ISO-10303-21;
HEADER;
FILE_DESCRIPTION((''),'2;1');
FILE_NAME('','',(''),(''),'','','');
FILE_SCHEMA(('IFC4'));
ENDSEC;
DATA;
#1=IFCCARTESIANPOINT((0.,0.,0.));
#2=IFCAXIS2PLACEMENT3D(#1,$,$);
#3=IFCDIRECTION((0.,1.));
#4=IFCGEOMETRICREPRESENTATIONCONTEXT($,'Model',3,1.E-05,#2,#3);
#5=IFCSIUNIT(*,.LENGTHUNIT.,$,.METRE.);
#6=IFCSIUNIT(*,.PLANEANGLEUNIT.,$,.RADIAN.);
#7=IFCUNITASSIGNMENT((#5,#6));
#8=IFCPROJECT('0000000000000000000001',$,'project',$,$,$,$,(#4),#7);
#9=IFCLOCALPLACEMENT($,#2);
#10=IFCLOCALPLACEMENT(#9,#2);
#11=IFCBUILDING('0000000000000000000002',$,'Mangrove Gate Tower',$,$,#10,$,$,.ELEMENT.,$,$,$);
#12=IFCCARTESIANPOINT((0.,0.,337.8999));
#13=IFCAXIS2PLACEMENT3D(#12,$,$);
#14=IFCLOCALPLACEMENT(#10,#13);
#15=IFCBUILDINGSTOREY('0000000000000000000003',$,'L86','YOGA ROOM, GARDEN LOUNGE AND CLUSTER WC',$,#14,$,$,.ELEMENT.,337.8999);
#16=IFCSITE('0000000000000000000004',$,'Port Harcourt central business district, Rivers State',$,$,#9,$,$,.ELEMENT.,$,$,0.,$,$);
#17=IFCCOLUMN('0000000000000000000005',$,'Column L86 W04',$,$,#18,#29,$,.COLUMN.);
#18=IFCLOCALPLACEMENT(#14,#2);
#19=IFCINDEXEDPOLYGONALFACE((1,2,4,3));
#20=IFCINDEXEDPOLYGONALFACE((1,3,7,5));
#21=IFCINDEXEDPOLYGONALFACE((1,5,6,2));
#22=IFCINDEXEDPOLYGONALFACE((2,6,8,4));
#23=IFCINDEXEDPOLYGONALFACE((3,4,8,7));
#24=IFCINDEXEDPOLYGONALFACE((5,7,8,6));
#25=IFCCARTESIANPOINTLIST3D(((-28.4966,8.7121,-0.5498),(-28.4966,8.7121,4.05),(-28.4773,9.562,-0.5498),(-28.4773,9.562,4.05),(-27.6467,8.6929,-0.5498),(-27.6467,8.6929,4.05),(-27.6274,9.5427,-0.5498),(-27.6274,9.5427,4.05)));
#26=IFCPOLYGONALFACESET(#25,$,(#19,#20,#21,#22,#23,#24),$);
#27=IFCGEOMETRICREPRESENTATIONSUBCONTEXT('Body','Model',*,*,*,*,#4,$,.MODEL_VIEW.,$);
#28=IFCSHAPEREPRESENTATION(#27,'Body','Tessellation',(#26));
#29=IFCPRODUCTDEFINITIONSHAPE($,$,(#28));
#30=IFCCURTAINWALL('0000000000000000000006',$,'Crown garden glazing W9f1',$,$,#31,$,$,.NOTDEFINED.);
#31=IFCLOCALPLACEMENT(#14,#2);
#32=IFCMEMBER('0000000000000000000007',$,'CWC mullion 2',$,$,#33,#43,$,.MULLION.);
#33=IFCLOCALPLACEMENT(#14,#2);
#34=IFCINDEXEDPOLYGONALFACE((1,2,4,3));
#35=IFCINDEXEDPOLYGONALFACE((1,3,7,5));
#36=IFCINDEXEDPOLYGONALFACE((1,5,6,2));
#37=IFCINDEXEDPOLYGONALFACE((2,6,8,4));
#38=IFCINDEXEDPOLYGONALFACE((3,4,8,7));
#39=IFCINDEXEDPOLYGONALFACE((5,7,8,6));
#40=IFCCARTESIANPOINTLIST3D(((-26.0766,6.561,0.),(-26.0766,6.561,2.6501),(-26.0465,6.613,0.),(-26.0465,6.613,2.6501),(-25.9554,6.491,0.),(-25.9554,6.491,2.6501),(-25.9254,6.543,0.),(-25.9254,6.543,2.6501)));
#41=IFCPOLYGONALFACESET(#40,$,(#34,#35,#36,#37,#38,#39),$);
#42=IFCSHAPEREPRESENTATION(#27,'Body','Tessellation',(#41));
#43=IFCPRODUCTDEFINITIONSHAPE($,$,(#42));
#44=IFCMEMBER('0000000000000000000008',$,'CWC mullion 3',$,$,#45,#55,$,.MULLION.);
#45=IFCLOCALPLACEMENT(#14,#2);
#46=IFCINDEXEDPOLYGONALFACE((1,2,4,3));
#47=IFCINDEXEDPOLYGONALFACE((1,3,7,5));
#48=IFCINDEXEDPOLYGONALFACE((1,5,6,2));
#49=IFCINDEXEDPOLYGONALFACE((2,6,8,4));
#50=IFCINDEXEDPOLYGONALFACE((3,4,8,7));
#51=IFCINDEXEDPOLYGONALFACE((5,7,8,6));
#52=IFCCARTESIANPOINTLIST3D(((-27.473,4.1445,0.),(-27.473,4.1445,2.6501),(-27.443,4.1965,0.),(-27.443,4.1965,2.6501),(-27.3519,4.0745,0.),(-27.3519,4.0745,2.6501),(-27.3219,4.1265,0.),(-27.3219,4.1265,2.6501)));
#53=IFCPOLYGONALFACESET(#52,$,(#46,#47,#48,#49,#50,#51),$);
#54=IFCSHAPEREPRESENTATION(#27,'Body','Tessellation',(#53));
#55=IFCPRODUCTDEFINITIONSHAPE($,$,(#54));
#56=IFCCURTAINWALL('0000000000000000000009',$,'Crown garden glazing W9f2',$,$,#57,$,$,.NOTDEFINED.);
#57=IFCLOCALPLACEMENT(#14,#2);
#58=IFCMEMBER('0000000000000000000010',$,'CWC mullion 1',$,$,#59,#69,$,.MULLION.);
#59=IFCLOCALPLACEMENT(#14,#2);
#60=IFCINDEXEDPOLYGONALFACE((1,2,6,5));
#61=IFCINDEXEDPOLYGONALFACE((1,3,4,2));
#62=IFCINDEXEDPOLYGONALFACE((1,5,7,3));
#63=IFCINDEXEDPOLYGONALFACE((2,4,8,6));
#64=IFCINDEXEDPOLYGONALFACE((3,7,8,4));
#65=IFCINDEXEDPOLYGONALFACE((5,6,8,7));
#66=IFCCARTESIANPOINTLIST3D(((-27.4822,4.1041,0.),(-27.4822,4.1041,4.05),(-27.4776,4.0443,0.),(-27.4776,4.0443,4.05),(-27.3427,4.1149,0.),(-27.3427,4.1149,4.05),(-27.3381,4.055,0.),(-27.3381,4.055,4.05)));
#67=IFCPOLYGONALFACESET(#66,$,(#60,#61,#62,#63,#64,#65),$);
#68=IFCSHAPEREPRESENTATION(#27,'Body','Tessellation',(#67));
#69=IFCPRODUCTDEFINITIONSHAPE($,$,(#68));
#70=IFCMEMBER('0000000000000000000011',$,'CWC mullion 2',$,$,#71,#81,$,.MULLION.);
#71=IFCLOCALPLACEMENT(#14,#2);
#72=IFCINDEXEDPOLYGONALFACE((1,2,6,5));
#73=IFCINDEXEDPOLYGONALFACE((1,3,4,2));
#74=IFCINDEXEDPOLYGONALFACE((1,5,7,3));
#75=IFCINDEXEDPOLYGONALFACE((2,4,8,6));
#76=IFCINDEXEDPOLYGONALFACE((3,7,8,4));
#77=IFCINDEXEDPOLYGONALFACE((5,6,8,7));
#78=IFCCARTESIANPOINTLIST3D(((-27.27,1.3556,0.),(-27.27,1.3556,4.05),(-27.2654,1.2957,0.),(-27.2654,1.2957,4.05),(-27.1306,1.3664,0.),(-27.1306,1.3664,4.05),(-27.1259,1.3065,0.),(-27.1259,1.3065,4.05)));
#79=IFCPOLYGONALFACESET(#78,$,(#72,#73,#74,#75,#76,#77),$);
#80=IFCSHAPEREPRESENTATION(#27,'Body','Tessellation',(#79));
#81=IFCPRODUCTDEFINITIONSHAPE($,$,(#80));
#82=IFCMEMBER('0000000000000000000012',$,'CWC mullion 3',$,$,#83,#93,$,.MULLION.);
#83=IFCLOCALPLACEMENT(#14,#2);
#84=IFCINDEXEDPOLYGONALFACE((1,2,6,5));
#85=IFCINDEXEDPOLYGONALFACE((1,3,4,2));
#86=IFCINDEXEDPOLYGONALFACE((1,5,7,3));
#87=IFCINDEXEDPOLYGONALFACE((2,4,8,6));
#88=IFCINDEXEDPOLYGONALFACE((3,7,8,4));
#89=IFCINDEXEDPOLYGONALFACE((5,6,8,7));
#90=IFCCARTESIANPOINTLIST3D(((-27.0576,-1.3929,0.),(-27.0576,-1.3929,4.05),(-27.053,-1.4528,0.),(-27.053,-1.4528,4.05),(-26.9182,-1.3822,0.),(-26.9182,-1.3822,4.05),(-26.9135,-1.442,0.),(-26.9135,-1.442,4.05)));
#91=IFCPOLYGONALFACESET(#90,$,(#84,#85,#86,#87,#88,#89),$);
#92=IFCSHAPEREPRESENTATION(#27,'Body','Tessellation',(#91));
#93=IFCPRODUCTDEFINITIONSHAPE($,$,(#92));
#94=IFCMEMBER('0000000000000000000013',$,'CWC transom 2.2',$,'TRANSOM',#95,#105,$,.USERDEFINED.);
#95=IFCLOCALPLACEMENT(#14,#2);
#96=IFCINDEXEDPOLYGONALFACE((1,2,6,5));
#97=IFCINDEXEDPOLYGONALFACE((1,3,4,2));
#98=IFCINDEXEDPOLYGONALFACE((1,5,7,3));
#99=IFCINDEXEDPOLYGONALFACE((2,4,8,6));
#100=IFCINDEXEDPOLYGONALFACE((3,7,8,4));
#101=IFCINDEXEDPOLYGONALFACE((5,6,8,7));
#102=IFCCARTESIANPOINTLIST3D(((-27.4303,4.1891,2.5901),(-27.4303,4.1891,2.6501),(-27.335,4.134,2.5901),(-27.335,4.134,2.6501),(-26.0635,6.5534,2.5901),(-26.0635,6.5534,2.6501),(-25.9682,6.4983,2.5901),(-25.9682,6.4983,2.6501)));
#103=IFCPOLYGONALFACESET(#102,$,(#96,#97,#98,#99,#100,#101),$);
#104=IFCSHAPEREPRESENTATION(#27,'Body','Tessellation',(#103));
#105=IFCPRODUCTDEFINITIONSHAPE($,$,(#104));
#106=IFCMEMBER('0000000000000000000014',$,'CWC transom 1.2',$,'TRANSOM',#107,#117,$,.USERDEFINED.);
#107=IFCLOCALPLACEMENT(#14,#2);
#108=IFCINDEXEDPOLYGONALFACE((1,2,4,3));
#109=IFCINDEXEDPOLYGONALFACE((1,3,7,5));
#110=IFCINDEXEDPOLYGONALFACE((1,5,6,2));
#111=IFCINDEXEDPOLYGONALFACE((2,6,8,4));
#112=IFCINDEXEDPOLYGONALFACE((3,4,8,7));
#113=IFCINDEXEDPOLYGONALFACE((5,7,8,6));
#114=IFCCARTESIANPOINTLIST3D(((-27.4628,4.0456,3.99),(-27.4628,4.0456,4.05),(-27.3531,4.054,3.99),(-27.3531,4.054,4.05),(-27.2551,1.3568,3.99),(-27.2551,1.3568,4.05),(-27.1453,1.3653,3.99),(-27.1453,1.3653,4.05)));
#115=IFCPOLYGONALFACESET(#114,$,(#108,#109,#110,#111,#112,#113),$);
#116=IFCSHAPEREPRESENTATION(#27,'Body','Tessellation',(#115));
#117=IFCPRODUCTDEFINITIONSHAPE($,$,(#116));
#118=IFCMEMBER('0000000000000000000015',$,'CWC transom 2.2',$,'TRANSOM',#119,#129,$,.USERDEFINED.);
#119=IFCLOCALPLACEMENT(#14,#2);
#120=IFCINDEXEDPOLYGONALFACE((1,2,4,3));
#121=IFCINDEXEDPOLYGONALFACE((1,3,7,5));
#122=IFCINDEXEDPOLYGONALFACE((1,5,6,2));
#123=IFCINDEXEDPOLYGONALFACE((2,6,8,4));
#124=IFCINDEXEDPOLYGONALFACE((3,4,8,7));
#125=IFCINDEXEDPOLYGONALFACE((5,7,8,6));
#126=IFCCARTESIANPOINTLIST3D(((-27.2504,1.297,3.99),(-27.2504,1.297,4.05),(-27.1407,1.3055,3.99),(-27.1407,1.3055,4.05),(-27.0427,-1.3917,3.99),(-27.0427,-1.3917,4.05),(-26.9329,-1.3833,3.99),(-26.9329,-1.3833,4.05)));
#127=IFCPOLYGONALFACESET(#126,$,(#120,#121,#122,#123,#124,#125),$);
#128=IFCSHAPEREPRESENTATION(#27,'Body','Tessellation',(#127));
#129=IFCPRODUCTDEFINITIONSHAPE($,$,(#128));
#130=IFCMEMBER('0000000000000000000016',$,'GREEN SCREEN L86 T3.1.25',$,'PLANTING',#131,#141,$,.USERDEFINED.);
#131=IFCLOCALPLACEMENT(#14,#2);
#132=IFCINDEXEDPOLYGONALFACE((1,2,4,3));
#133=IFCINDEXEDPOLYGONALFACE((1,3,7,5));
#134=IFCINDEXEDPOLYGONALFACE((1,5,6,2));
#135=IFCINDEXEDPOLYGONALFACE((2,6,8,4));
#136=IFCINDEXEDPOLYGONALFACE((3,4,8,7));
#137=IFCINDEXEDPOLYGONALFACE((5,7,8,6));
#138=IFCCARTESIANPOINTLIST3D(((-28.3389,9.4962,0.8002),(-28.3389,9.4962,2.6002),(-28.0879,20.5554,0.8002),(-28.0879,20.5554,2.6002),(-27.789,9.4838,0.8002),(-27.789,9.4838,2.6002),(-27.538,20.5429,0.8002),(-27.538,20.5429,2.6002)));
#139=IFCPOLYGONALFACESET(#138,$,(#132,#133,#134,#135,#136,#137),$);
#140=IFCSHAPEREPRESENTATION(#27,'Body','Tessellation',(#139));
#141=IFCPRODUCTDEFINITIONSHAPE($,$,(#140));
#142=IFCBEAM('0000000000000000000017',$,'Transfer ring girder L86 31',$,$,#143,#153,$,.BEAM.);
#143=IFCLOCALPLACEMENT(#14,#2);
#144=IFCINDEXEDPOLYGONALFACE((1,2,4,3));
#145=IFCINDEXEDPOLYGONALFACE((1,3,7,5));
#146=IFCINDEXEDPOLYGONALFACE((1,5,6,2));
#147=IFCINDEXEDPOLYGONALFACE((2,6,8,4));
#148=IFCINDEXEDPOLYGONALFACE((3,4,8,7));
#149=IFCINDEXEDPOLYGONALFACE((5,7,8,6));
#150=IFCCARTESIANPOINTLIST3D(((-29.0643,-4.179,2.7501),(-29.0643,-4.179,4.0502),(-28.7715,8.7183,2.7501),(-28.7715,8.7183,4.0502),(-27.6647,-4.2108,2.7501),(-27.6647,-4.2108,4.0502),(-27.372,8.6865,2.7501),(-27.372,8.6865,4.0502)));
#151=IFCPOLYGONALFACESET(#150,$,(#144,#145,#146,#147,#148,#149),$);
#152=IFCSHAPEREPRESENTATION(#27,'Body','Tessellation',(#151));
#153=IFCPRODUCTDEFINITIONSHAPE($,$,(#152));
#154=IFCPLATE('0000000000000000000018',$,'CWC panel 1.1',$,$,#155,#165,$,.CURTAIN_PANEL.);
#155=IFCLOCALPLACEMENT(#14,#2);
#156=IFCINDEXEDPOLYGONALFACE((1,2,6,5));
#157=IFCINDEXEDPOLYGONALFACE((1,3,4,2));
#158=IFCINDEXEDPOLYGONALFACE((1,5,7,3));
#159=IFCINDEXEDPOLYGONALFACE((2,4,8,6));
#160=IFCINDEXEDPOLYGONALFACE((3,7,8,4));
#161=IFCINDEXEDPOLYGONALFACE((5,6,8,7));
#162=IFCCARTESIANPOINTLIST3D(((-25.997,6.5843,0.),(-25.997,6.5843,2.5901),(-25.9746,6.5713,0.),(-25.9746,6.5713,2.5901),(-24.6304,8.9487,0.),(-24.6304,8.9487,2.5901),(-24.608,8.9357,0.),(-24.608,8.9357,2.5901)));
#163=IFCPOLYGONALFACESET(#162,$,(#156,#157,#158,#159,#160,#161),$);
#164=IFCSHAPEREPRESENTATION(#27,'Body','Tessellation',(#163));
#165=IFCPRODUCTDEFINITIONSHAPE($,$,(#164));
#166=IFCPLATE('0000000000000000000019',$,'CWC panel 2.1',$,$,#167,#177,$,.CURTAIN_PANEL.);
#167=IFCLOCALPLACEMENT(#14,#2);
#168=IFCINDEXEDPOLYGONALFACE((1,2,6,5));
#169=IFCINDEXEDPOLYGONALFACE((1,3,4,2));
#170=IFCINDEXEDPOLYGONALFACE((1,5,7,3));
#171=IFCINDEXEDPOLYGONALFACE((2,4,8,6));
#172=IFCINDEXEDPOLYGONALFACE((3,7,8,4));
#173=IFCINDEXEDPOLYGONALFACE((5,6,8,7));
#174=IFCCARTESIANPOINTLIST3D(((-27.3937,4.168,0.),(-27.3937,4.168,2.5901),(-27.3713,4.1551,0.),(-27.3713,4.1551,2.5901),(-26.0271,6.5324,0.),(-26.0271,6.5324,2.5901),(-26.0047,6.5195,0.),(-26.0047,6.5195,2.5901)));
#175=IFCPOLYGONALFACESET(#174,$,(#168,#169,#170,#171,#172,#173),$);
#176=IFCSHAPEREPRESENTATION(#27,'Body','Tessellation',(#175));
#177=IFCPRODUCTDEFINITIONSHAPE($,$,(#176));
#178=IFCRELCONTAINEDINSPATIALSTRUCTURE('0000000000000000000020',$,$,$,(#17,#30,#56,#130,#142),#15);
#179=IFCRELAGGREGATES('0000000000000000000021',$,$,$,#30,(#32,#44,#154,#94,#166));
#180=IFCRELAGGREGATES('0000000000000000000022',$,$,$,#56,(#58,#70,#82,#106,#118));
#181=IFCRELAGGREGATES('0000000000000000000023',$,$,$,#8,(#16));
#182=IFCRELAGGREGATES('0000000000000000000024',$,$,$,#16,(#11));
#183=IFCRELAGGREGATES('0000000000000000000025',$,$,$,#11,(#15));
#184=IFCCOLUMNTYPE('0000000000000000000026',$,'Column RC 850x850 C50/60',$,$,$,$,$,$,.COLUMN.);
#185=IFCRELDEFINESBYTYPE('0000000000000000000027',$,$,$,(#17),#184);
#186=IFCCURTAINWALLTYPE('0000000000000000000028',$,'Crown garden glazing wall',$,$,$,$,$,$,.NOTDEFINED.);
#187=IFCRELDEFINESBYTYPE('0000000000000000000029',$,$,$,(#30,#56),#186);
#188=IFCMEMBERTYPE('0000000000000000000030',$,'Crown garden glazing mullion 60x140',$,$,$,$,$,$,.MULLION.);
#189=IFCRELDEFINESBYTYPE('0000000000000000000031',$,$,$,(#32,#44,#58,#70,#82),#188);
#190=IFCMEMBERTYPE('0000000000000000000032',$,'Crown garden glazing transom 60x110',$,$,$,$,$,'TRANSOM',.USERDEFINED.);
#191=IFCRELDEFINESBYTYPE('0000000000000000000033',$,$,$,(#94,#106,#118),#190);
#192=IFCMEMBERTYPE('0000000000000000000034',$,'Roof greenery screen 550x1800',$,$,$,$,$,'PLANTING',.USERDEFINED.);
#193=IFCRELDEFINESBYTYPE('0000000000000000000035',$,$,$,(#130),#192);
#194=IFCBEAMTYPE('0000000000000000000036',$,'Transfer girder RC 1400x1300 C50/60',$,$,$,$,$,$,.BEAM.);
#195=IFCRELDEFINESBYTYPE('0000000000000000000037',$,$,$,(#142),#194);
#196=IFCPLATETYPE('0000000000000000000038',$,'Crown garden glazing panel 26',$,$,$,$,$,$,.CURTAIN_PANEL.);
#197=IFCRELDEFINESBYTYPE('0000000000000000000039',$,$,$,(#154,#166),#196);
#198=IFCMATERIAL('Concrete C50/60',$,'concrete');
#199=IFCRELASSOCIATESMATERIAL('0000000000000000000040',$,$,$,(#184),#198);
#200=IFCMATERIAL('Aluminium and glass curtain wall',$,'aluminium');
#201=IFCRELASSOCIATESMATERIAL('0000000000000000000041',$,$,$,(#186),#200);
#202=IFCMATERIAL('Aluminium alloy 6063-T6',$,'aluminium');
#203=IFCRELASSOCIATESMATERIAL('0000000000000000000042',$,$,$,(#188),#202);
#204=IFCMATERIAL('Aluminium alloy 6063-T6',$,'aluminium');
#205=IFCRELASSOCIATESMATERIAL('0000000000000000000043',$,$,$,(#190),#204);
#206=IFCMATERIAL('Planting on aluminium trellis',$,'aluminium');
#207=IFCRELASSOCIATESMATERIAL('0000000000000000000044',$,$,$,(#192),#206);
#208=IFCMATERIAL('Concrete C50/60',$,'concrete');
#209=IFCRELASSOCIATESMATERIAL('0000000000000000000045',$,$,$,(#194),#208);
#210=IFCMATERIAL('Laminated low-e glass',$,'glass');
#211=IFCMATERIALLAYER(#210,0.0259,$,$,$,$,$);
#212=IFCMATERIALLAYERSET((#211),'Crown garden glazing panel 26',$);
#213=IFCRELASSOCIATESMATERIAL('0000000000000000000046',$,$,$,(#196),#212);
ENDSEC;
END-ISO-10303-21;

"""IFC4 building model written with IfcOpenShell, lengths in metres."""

from ifc_helpers import new_model, si_unit, direction, frame, origin, origin_2d, place, context, subcontext, project, spatial, rectangle, extrude, material, layer, layer_set, material_profile, profile_set, type_object, element, aggregate, save


model = new_model("IFC4")

# Units and contexts
model_context = context("Model", 3, precision=1e-05, world=origin(), true_north=direction((0.0, 1.0)))
body_context = subcontext(model_context, "Body", "Model", "MODEL_VIEW")
ifc_project = project(units=[si_unit("LENGTHUNIT", "METRE"), si_unit("PLANEANGLEUNIT", "RADIAN")], contexts=[model_context])

# Site, building, storey
site_placement = place(None, origin())
site = spatial("IfcSite", under=ifc_project, at=site_placement, Name="Port Harcourt central business district, Rivers State", CompositionType="ELEMENT", RefElevation=0.0)
building_placement = place(site_placement, origin())
building = spatial("IfcBuilding", under=site, at=building_placement, Name="Mangrove Gate Tower", CompositionType="ELEMENT")
storey_placement = place(building_placement, frame((0.0, 0.0, 337.8999)))
storey = spatial("IfcBuildingStorey", under=building, at=storey_placement, Name="L86", Description="YOGA ROOM, GARDEN LOUNGE AND CLUSTER WC", CompositionType="ELEMENT", Elevation=337.8999)

# Column
ifc_material_1 = material(Name="Concrete C50/60", Category="concrete")
ifc_material_profile_1 = material_profile(ifc_material_1, rectangle(XDim=0.8501, YDim=0.8501, at=origin_2d()))
ifc_profile_set_1 = profile_set([ifc_material_profile_1], Name="Concrete C50/60")
column_type = type_object("IfcColumnType", Name="Column RC 850x850 C50/60", PredefinedType="COLUMN", material=ifc_profile_set_1)
column_placement = place(storey_placement, frame((-28.062, 9.1274, -0.5498), z_axis=(0.0, 0.0, 1.0), x_axis=(-0.022687, -0.999743, 0.0)))
element("IfcColumn", 1, at=column_placement, inside=storey, type_object=column_type, Name="Column L86 W04", PredefinedType="COLUMN", context=body_context, shape_type="SweptSolid", body=[
    extrude(rectangle(XDim=0.8501, YDim=0.8501, at=origin_2d()), origin(), (0.0, 0.0, 1.0), 4.5999),
])

# Curtain walls, members
ifc_material_2 = material(Name="Aluminium and glass curtain wall", Category="aluminium")
curtain_wall_type = type_object("IfcCurtainWallType", Name="Crown garden glazing wall", PredefinedType="NOTDEFINED", material=ifc_material_2)
curtain_wall_1_placement = place(storey_placement, origin())
curtain_wall_1 = element("IfcCurtainWall", 2, at=curtain_wall_1_placement, inside=storey, type_object=curtain_wall_type, Name="Crown garden glazing W9f1", PredefinedType="NOTDEFINED")
ifc_material_3 = material(Name="Aluminium alloy 6063-T6", Category="aluminium")
ifc_material_profile_2 = material_profile(ifc_material_3, rectangle(XDim=0.0601, YDim=0.1399, at=origin_2d()))
ifc_profile_set_2 = profile_set([ifc_material_profile_2], Name="Aluminium alloy 6063-T6")
member_type_1 = type_object("IfcMemberType", Name="Crown garden glazing mullion 60x140", PredefinedType="MULLION", material=ifc_profile_set_2)
member_1_placement = place(storey_placement, frame((-26.001, 6.552, 0.0), z_axis=(0.0, 0.0, 1.0), x_axis=(-0.500418, -0.865784, 0.0)))
member_1 = element("IfcMember", 3, at=member_1_placement, type_object=member_type_1, Name="CWC mullion 2", PredefinedType="MULLION", context=body_context, shape_type="SweptSolid", body=[
    extrude(rectangle(XDim=0.0601, YDim=0.1399, at=origin_2d()), origin(), (0.0, 0.0, 1.0), 2.6501),
])
member_2_placement = place(storey_placement, frame((-27.3975, 4.1355, 0.0), z_axis=(0.0, 0.0, 1.0), x_axis=(-0.500418, -0.865784, 0.0)))
member_2 = element("IfcMember", 4, at=member_2_placement, type_object=member_type_1, Name="CWC mullion 3", PredefinedType="MULLION", context=body_context, shape_type="SweptSolid", body=[
    extrude(rectangle(XDim=0.0601, YDim=0.1399, at=origin_2d()), origin(), (0.0, 0.0, 1.0), 2.6501),
])
curtain_wall_2_placement = place(storey_placement, origin())
curtain_wall_2 = element("IfcCurtainWall", 5, at=curtain_wall_2_placement, inside=storey, type_object=curtain_wall_type, Name="Crown garden glazing W9f2", PredefinedType="NOTDEFINED")
member_3_placement = place(storey_placement, frame((-27.4102, 4.0796, 0.0), z_axis=(0.0, 0.0, 1.0), x_axis=(0.077023, -0.997029, 0.0)))
member_3 = element("IfcMember", 6, at=member_3_placement, type_object=member_type_1, Name="CWC mullion 1", PredefinedType="MULLION", context=body_context, shape_type="SweptSolid", body=[
    extrude(rectangle(XDim=0.0601, YDim=0.1399, at=origin_2d()), origin(), (0.0, 0.0, 1.0), 4.05),
])
member_4_placement = place(storey_placement, frame((-27.198, 1.3311, 0.0), z_axis=(0.0, 0.0, 1.0), x_axis=(0.077023, -0.997029, 0.0)))
member_4 = element("IfcMember", 7, at=member_4_placement, type_object=member_type_1, Name="CWC mullion 2", PredefinedType="MULLION", context=body_context, shape_type="SweptSolid", body=[
    extrude(rectangle(XDim=0.0601, YDim=0.1399, at=origin_2d()), origin(), (0.0, 0.0, 1.0), 4.05),
])
member_5_placement = place(storey_placement, frame((-26.9856, -1.4175, 0.0), z_axis=(0.0, 0.0, 1.0), x_axis=(0.077023, -0.997029, 0.0)))
member_5 = element("IfcMember", 8, at=member_5_placement, type_object=member_type_1, Name="CWC mullion 3", PredefinedType="MULLION", context=body_context, shape_type="SweptSolid", body=[
    extrude(rectangle(XDim=0.0601, YDim=0.1399, at=origin_2d()), origin(), (0.0, 0.0, 1.0), 4.05),
])

# Members
ifc_material_4 = material(Name="Aluminium alloy 6063-T6", Category="aluminium")
ifc_material_profile_3 = material_profile(ifc_material_4, rectangle(XDim=0.0601, YDim=0.1101, at=origin_2d()))
ifc_profile_set_3 = profile_set([ifc_material_profile_3], Name="Aluminium alloy 6063-T6")
member_type_2 = type_object("IfcMemberType", Name="Crown garden glazing transom 60x110", ElementType="TRANSOM", PredefinedType="USERDEFINED", material=ifc_profile_set_3)
member_6_placement = place(storey_placement, frame((-26.0159, 6.5259, 2.6201), z_axis=(-0.500465, -0.865757, 0.0), x_axis=(0.0, 0.0, 1.0)))
member_6 = element("IfcMember", 9, at=member_6_placement, type_object=member_type_2, Name="CWC transom 2.2", ObjectType="TRANSOM", PredefinedType="USERDEFINED", context=body_context, shape_type="SweptSolid", body=[
    extrude(rectangle(XDim=0.0601, YDim=0.1101, at=origin_2d()), origin(), (0.0, 0.0, 1.0), 2.731),
])
member_7_placement = place(storey_placement, frame((-27.408, 4.0498, 4.02), z_axis=(0.077043, -0.997028, 0.0), x_axis=(0.0, 0.0, 1.0)))
member_7 = element("IfcMember", 10, at=member_7_placement, type_object=member_type_2, Name="CWC transom 1.2", ObjectType="TRANSOM", PredefinedType="USERDEFINED", context=body_context, shape_type="SweptSolid", body=[
    extrude(rectangle(XDim=0.0601, YDim=0.1101, at=origin_2d()), origin(), (0.0, 0.0, 1.0), 2.6968),
])
member_8_placement = place(storey_placement, frame((-27.1956, 1.3013, 4.02), z_axis=(0.077043, -0.997028, 0.0), x_axis=(0.0, 0.0, 1.0)))
member_8 = element("IfcMember", 11, at=member_8_placement, type_object=member_type_2, Name="CWC transom 2.2", ObjectType="TRANSOM", PredefinedType="USERDEFINED", context=body_context, shape_type="SweptSolid", body=[
    extrude(rectangle(XDim=0.0601, YDim=0.1101, at=origin_2d()), origin(), (0.0, 0.0, 1.0), 2.6968),
])
ifc_material_5 = material(Name="Planting on aluminium trellis", Category="aluminium")
ifc_material_profile_4 = material_profile(ifc_material_5, rectangle(XDim=0.55, YDim=1.8, at=origin_2d()))
ifc_profile_set_4 = profile_set([ifc_material_profile_4], Name="Planting on aluminium trellis")
member_type_3 = type_object("IfcMemberType", Name="Roof greenery screen 550x1800", ElementType="PLANTING", PredefinedType="USERDEFINED", material=ifc_profile_set_4)
member_9_placement = place(storey_placement, frame((-28.064, 9.49, 1.7002), z_axis=(0.022688, 0.999743, 0.0), x_axis=(-0.999743, 0.022688, 0.0)))
element("IfcMember", 12, at=member_9_placement, inside=storey, type_object=member_type_3, Name="GREEN SCREEN L86 T3.1.25", ObjectType="PLANTING", PredefinedType="USERDEFINED", context=body_context, shape_type="SweptSolid", body=[
    extrude(rectangle(XDim=0.55, YDim=1.8, at=origin_2d()), origin(), (0.0, 0.0, 1.0), 11.062),
])

# Beam
ifc_material_6 = material(Name="Concrete C50/60", Category="concrete")
ifc_material_profile_5 = material_profile(ifc_material_6, rectangle(XDim=1.3999, YDim=1.3, at=origin_2d()))
ifc_profile_set_5 = profile_set([ifc_material_profile_5], Name="Concrete C50/60")
beam_type = type_object("IfcBeamType", Name="Transfer girder RC 1400x1300 C50/60", PredefinedType="BEAM", material=ifc_profile_set_5)
beam_placement = place(storey_placement, frame((-28.0718, 8.7024, 3.4001), z_axis=(-0.022691, -0.999743, 0.0), x_axis=(0.999743, -0.022691, 0.0)))
element("IfcBeam", 13, at=beam_placement, inside=storey, type_object=beam_type, Name="Transfer ring girder L86 31", PredefinedType="BEAM", context=body_context, shape_type="SweptSolid", body=[
    extrude(rectangle(XDim=1.3999, YDim=1.3, at=origin_2d()), origin(), (0.0, 0.0, 1.0), 12.9006),
])

# Plates
ifc_material_7 = material(Name="Laminated low-e glass", Category="glass")
ifc_layer_1 = layer(ifc_material_7, 0.0259)
ifc_layer_set_1 = layer_set([ifc_layer_1], Name="Crown garden glazing panel 26")
plate_type = type_object("IfcPlateType", Name="Crown garden glazing panel 26", PredefinedType="CURTAIN_PANEL", material=ifc_layer_set_1)
plate_1_placement = place(storey_placement, frame((-25.3025, 7.76, 0.0), z_axis=(0.0, 0.0, 1.0), x_axis=(-0.500418, -0.865784, 0.0)))
plate_1 = element("IfcPlate", 14, at=plate_1_placement, type_object=plate_type, Name="CWC panel 1.1", PredefinedType="CURTAIN_PANEL", context=body_context, shape_type="SweptSolid", body=[
    extrude(rectangle(XDim=2.731, YDim=0.0259, at=origin_2d()), origin(), (0.0, 0.0, 1.0), 2.5901),
])
plate_2_placement = place(storey_placement, frame((-26.6992, 5.3438, 0.0), z_axis=(0.0, 0.0, 1.0), x_axis=(-0.500418, -0.865784, 0.0)))
plate_2 = element("IfcPlate", 15, at=plate_2_placement, type_object=plate_type, Name="CWC panel 2.1", PredefinedType="CURTAIN_PANEL", context=body_context, shape_type="SweptSolid", body=[
    extrude(rectangle(XDim=2.731, YDim=0.0259, at=origin_2d()), origin(), (0.0, 0.0, 1.0), 2.5901),
])
aggregate(curtain_wall_1, [member_1, member_2, plate_1, member_6, plate_2])
aggregate(curtain_wall_2, [member_3, member_4, member_5, member_7, member_8])

save(model, "model.ifc")
